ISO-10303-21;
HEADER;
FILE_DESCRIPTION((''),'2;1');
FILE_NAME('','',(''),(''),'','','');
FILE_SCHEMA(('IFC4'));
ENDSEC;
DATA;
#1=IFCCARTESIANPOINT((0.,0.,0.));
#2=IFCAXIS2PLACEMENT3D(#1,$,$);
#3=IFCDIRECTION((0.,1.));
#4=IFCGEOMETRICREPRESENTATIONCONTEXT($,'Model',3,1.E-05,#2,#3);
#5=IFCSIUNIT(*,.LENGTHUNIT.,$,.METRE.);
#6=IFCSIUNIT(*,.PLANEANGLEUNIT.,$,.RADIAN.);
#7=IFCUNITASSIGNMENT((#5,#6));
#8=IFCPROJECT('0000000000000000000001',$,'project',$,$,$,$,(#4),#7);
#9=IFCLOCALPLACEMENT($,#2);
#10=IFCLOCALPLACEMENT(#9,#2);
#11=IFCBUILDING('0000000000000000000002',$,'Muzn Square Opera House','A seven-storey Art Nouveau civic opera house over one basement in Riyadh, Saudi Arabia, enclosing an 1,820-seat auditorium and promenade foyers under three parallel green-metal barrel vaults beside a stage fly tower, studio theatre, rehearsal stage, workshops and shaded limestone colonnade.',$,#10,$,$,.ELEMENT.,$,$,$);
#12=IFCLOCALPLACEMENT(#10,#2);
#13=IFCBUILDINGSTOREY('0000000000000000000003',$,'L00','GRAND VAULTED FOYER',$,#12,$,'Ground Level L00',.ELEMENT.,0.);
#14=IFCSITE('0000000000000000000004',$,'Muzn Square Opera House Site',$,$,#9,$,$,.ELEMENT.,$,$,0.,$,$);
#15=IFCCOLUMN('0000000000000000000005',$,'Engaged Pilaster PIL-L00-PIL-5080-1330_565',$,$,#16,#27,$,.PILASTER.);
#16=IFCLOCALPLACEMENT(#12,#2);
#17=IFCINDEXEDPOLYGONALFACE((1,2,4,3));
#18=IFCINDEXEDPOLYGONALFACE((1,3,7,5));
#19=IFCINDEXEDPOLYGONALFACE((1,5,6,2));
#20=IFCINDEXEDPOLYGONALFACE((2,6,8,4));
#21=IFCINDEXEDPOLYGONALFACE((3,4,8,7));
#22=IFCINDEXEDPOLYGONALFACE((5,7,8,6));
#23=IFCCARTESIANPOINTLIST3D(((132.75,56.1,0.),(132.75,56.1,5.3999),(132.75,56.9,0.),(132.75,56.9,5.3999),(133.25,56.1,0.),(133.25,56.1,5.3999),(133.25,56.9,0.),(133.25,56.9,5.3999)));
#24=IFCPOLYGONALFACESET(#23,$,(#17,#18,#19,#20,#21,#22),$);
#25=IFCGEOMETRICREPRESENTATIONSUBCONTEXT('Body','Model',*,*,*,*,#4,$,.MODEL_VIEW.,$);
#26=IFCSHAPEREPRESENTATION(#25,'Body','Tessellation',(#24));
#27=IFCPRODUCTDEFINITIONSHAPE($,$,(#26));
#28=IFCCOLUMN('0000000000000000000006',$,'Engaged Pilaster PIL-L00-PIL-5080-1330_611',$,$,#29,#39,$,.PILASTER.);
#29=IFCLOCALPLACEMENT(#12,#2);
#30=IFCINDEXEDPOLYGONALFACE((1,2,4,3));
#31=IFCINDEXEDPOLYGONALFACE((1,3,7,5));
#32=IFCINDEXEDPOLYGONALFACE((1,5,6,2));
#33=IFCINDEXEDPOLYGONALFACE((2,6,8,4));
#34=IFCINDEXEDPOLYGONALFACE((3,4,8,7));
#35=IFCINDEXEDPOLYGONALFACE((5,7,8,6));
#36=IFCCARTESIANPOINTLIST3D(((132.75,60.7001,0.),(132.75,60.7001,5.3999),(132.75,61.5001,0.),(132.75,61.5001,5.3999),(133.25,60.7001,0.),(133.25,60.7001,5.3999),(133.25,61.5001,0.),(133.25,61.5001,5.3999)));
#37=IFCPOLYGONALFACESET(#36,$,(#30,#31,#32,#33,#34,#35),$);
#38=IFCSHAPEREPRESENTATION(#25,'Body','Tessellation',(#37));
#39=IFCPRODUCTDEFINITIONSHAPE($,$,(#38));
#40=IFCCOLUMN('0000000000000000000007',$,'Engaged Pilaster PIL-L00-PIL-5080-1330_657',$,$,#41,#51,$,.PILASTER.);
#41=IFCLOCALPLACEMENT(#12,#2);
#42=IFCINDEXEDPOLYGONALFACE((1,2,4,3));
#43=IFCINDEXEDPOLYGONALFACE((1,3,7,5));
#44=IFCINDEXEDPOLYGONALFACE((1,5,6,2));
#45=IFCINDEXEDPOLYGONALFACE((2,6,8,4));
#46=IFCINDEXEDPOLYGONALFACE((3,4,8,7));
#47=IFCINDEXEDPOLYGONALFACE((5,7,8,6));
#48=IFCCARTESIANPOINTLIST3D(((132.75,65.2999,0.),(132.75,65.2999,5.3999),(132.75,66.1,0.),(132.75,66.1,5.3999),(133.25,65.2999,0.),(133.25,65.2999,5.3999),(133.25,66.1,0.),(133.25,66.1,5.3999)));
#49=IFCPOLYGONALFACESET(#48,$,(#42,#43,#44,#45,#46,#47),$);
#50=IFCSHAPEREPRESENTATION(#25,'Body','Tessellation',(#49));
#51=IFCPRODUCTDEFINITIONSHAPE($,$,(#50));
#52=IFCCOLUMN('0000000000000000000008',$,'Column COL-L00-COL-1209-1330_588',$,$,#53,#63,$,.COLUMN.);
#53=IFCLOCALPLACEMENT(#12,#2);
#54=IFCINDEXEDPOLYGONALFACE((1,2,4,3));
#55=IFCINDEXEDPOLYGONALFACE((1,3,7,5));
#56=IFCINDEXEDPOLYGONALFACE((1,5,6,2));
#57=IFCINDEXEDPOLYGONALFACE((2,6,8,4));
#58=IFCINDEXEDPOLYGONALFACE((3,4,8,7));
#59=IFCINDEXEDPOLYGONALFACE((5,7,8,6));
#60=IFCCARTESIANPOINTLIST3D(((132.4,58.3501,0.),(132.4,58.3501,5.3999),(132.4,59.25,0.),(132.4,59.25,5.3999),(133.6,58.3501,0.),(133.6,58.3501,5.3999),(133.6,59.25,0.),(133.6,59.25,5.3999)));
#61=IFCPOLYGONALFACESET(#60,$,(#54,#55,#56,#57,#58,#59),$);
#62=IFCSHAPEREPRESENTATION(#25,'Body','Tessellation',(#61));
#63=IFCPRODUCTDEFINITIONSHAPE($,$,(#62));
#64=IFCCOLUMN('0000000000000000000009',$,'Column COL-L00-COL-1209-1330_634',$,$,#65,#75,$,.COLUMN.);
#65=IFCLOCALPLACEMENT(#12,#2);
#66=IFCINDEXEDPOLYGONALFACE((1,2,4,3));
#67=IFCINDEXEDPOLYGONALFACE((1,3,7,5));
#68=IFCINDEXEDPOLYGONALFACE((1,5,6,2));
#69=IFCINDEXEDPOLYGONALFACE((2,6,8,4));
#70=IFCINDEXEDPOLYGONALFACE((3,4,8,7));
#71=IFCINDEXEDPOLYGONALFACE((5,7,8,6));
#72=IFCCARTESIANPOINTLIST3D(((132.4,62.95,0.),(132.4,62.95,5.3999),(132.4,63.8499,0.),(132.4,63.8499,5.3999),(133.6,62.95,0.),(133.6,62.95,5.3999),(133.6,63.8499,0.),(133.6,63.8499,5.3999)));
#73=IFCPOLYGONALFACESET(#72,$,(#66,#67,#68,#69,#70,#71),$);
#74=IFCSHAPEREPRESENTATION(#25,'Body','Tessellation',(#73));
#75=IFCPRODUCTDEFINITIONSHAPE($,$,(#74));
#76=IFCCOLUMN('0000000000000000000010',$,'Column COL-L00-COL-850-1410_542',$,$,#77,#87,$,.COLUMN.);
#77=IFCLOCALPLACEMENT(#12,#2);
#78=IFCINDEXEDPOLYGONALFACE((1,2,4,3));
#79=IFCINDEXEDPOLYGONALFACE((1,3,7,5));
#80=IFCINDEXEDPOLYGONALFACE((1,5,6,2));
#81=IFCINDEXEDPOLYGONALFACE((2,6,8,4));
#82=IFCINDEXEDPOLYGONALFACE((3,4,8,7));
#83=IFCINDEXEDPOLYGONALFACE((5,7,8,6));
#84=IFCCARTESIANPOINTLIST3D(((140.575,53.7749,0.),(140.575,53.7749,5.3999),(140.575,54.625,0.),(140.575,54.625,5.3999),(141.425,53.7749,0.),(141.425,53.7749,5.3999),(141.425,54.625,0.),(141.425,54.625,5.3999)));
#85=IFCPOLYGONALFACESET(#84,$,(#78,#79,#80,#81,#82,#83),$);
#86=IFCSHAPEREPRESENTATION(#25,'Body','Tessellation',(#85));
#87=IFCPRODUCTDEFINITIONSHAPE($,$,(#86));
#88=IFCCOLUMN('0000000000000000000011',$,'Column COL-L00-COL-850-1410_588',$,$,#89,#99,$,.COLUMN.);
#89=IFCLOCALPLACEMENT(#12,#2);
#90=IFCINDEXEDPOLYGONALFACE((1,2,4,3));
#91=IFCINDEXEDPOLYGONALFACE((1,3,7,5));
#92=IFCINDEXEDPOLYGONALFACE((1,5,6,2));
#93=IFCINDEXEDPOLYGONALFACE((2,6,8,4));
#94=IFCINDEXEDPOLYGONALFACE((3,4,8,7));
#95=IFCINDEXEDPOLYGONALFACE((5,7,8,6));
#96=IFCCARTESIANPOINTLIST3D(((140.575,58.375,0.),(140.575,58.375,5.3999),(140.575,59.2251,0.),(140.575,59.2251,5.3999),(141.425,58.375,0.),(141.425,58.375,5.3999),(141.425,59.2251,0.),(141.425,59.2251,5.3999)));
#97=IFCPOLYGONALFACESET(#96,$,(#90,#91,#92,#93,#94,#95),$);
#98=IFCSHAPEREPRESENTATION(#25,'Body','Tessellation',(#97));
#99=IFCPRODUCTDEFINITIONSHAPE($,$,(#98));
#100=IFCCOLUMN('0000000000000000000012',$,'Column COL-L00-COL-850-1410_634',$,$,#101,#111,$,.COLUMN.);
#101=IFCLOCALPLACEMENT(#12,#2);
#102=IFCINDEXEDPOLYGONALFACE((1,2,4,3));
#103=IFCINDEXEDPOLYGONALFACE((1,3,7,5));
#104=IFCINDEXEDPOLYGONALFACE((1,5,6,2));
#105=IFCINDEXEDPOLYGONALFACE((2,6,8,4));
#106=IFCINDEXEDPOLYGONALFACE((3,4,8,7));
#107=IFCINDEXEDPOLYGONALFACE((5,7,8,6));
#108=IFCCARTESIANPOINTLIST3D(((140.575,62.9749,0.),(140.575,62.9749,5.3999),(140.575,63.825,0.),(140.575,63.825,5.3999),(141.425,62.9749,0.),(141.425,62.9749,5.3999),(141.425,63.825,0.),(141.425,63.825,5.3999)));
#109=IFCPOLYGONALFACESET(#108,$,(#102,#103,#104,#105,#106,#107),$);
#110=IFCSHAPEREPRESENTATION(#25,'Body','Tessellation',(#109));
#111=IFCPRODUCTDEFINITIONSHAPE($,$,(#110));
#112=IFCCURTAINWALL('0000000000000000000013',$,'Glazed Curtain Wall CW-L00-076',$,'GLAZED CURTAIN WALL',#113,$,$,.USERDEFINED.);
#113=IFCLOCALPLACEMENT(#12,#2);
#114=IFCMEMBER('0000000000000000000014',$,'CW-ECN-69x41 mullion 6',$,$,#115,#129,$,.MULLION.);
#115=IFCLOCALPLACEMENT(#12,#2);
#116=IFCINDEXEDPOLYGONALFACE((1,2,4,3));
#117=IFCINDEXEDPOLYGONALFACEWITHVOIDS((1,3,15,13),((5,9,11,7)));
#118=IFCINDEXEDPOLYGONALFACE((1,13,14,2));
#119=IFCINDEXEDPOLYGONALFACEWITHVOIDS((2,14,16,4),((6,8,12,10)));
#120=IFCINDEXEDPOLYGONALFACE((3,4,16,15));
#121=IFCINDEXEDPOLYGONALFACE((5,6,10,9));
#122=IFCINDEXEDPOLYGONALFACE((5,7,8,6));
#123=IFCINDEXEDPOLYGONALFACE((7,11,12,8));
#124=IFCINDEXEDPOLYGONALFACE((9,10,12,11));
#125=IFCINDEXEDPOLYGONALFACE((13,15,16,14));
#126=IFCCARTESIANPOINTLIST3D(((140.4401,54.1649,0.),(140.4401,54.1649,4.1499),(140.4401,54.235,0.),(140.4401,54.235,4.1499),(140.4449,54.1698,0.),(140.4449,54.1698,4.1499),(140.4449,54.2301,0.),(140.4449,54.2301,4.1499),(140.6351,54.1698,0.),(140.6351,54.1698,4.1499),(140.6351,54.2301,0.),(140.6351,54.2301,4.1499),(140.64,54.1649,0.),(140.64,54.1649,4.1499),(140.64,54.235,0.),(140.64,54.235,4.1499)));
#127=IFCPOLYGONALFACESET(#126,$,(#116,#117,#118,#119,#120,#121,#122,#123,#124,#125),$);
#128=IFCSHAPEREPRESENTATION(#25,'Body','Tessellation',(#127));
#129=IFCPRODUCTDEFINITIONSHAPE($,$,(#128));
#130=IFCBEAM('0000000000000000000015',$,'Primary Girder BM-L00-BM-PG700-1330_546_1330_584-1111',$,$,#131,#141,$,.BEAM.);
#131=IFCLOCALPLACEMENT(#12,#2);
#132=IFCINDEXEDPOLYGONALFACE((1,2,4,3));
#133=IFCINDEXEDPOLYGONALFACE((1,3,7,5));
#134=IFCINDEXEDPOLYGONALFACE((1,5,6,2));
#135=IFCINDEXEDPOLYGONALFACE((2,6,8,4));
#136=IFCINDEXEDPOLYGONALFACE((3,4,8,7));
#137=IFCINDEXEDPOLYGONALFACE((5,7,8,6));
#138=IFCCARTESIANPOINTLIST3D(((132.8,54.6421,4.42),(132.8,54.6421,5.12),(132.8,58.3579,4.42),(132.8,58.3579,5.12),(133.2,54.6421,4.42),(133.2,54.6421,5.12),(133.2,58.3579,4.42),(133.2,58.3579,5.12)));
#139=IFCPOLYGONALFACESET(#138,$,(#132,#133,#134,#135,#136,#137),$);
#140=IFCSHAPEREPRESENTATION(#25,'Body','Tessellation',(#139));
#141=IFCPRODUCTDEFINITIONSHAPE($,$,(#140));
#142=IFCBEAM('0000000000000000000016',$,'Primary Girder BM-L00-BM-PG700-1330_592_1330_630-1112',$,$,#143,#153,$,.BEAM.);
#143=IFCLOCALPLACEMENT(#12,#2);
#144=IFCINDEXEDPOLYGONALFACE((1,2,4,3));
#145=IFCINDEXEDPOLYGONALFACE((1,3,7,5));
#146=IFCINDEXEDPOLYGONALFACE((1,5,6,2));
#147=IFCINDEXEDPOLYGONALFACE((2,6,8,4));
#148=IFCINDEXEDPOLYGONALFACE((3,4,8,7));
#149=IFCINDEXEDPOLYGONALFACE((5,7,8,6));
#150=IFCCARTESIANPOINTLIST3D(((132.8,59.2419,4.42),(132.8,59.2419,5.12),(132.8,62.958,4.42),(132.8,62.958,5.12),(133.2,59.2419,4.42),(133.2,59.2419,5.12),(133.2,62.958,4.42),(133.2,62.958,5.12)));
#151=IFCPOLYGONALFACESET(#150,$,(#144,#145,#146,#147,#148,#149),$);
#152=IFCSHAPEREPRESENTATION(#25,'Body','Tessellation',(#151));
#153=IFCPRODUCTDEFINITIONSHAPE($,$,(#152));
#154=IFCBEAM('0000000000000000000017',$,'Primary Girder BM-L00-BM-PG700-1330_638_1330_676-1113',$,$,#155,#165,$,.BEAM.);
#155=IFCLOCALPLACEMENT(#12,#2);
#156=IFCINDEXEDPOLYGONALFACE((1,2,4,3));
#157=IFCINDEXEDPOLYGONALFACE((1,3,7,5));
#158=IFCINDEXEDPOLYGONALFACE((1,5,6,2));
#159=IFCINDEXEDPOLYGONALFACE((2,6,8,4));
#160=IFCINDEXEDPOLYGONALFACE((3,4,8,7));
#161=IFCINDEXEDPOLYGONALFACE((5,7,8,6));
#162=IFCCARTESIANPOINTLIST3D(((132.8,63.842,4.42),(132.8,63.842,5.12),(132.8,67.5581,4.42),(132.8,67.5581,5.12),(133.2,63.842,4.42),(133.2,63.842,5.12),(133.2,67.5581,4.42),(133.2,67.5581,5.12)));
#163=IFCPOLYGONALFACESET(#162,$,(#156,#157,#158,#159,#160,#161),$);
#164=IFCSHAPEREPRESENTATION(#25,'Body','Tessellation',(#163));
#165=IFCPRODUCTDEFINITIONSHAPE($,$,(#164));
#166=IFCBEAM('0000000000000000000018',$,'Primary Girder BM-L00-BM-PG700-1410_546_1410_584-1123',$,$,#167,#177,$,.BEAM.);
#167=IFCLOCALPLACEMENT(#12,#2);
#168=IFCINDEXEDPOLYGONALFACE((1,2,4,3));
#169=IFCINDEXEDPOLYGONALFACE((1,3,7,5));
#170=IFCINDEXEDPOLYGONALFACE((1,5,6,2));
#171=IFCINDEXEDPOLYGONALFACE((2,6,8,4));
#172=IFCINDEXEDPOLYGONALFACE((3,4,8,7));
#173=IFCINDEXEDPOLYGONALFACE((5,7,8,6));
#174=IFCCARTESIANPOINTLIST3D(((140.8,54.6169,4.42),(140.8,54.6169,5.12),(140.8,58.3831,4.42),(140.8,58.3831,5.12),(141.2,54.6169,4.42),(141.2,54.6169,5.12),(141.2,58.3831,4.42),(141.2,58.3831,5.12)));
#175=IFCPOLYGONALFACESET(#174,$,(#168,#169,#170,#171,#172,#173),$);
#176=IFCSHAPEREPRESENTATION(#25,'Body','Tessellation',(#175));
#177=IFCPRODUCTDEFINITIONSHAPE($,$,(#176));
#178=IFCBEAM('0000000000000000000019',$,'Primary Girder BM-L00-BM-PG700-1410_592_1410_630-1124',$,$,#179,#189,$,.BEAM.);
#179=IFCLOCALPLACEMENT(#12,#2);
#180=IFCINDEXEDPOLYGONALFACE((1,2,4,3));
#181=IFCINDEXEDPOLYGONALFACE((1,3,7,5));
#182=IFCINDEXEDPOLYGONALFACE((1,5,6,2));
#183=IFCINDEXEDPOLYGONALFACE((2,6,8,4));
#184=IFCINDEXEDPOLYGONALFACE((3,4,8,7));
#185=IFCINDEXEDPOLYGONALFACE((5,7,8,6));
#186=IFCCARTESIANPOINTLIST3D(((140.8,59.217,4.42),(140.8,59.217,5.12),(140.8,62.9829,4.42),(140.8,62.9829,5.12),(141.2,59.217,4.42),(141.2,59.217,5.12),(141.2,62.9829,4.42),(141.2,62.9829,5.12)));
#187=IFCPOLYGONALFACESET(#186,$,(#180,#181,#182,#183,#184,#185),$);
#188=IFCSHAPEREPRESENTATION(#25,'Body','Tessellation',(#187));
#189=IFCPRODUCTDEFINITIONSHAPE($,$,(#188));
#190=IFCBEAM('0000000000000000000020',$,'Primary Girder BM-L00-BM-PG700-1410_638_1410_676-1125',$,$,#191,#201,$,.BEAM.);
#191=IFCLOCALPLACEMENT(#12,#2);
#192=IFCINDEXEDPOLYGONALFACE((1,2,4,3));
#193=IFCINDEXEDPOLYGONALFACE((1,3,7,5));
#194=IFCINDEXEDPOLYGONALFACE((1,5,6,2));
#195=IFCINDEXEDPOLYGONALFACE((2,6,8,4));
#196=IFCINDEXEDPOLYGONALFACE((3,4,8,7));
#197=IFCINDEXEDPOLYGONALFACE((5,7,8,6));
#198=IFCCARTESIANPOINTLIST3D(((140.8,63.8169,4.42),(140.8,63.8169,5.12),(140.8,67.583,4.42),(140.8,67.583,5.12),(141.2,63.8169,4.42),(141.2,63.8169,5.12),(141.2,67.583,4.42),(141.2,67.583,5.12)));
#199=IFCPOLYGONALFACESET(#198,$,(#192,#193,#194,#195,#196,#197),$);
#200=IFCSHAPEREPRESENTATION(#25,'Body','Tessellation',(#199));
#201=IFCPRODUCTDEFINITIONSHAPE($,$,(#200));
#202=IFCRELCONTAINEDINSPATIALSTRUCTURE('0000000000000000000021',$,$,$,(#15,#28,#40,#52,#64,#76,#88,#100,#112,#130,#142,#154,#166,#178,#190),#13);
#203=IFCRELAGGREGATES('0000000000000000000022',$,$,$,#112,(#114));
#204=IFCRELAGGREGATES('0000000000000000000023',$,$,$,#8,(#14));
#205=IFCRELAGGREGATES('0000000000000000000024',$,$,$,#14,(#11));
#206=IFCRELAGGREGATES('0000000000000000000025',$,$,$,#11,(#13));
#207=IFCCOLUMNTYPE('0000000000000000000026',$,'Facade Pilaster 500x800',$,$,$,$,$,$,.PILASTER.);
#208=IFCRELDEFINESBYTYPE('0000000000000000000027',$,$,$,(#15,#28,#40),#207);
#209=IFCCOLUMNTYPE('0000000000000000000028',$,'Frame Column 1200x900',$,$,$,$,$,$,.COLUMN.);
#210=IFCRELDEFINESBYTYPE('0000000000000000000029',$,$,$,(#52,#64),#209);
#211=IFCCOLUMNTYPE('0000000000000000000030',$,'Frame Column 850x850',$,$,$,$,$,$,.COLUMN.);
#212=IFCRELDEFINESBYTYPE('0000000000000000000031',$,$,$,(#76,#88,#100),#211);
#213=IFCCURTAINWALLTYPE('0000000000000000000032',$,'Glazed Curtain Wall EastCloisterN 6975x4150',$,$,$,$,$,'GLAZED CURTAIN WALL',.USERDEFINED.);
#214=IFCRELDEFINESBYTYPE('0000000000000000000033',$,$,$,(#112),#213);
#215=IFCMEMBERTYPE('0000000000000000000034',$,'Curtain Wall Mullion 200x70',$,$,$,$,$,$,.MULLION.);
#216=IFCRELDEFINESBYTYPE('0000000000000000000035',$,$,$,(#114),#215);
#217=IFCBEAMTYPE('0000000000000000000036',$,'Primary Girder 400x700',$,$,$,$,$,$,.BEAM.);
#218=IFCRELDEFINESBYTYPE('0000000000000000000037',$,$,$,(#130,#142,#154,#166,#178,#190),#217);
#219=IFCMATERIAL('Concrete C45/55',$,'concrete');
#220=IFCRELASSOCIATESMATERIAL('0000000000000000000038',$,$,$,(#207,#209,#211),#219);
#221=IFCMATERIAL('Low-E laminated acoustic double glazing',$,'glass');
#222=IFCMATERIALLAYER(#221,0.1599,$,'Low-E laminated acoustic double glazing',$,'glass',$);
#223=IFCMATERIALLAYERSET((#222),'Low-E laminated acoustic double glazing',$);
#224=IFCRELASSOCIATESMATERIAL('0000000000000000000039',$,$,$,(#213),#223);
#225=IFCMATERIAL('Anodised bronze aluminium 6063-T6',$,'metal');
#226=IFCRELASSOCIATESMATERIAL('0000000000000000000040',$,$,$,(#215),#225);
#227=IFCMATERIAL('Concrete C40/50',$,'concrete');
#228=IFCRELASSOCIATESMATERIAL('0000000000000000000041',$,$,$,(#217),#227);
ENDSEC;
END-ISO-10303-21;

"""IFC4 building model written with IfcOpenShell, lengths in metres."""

from ifc_helpers import new_model, si_unit, direction, frame, origin, origin_2d, place, context, subcontext, project, spatial, rectangle, hollow_rectangle, extrude, material, layer, layer_set, material_profile, profile_set, type_object, element, aggregate, save


model = new_model("IFC4")

# Units and contexts
model_context = context("Model", 3, precision=1e-05, world=origin(), true_north=direction((0.0, 1.0)))
body_context = subcontext(model_context, "Body", "Model", "MODEL_VIEW")
ifc_project = project(units=[si_unit("LENGTHUNIT", "METRE"), si_unit("PLANEANGLEUNIT", "RADIAN")], contexts=[model_context])

# Site, building, storey
site_placement = place(None, origin())
site = spatial("IfcSite", under=ifc_project, at=site_placement, Name="Muzn Square Opera House Site", CompositionType="ELEMENT", RefElevation=0.0)
building_placement = place(site_placement, origin())
building = spatial("IfcBuilding", under=site, at=building_placement, Name="Muzn Square Opera House", Description="A seven-storey Art Nouveau civic opera house over one basement in Riyadh, Saudi Arabia, enclosing an 1,820-seat auditorium and promenade foyers under three parallel green-metal barrel vaults beside a stage fly tower, studio theatre, rehearsal stage, workshops and shaded limestone colonnade.", CompositionType="ELEMENT")
storey_placement = place(building_placement, origin())
storey = spatial("IfcBuildingStorey", under=building, at=storey_placement, Name="L00", Description="GRAND VAULTED FOYER", LongName="Ground Level L00", CompositionType="ELEMENT", Elevation=0.0)

# Columns
ifc_material_1 = material(Name="Concrete C45/55", Category="concrete")
ifc_material_profile_1 = material_profile(ifc_material_1, rectangle(XDim=0.5, YDim=0.8, at=origin_2d()), Name="RC 500x800", Category="concrete")
ifc_profile_set_1 = profile_set([ifc_material_profile_1], Name="Concrete C45/55")
column_type_1 = type_object("IfcColumnType", Name="Facade Pilaster 500x800", PredefinedType="PILASTER", material=ifc_profile_set_1)
for number, where, z_axis, x_axis, name in (
    (1, (133.0, 56.5, 0.0), (0.0, 0.0, 1.0), (1.0, 0.0, 0.0), "Engaged Pilaster PIL-L00-PIL-5080-1330_565"),
    (2, (133.0, 61.1001, 0.0), (0.0, 0.0, 1.0), (1.0, 0.0, 0.0), "Engaged Pilaster PIL-L00-PIL-5080-1330_611"),
    (3, (133.0, 65.7, 0.0), (0.0, 0.0, 1.0), (1.0, 0.0, 0.0), "Engaged Pilaster PIL-L00-PIL-5080-1330_657"),
):
    element("IfcColumn", number, at=place(storey_placement, frame(where, z_axis=z_axis, x_axis=x_axis)), inside=storey, type_object=column_type_1, Name=name, PredefinedType="PILASTER", context=body_context, shape_type="SweptSolid", body=[
        extrude(rectangle(XDim=0.5, YDim=0.8, at=origin_2d()), origin(), (0.0, 0.0, 1.0), 5.3999),
    ])
ifc_material_profile_2 = material_profile(ifc_material_1, rectangle(XDim=1.2, YDim=0.8999, at=origin_2d()), Name="RC 1200x900", Category="concrete")
ifc_profile_set_2 = profile_set([ifc_material_profile_2], Name="Concrete C45/55")
column_type_2 = type_object("IfcColumnType", Name="Frame Column 1200x900", PredefinedType="COLUMN", material=ifc_profile_set_2)
for number, where, z_axis, x_axis, name in (
    (4, (133.0, 58.8, 0.0), (0.0, 0.0, 1.0), (1.0, 0.0, 0.0), "Column COL-L00-COL-1209-1330_588"),
    (5, (133.0, 63.3999, 0.0), (0.0, 0.0, 1.0), (1.0, 0.0, 0.0), "Column COL-L00-COL-1209-1330_634"),
):
    element("IfcColumn", number, at=place(storey_placement, frame(where, z_axis=z_axis, x_axis=x_axis)), inside=storey, type_object=column_type_2, Name=name, PredefinedType="COLUMN", context=body_context, shape_type="SweptSolid", body=[
        extrude(rectangle(XDim=1.2, YDim=0.8999, at=origin_2d()), origin(), (0.0, 0.0, 1.0), 5.3999),
    ])
ifc_material_profile_3 = material_profile(ifc_material_1, rectangle(XDim=0.8501, YDim=0.8501, at=origin_2d()), Name="RC 850x850", Category="concrete")
ifc_profile_set_3 = profile_set([ifc_material_profile_3], Name="Concrete C45/55")
column_type_3 = type_object("IfcColumnType", Name="Frame Column 850x850", PredefinedType="COLUMN", material=ifc_profile_set_3)
for number, where, z_axis, x_axis, name in (
    (6, (141.0, 54.2, 0.0), (0.0, 0.0, 1.0), (1.0, 0.0, 0.0), "Column COL-L00-COL-850-1410_542"),
    (7, (141.0, 58.8, 0.0), (0.0, 0.0, 1.0), (1.0, 0.0, 0.0), "Column COL-L00-COL-850-1410_588"),
    (8, (141.0, 63.3999, 0.0), (0.0, 0.0, 1.0), (1.0, 0.0, 0.0), "Column COL-L00-COL-850-1410_634"),
):
    element("IfcColumn", number, at=place(storey_placement, frame(where, z_axis=z_axis, x_axis=x_axis)), inside=storey, type_object=column_type_3, Name=name, PredefinedType="COLUMN", context=body_context, shape_type="SweptSolid", body=[
        extrude(rectangle(XDim=0.8501, YDim=0.8501, at=origin_2d()), origin(), (0.0, 0.0, 1.0), 5.3999),
    ])

# Curtain wall, member
ifc_material_2 = material(Name="Low-E laminated acoustic double glazing", Category="glass")
ifc_layer_1 = layer(ifc_material_2, 0.1599, Name="Low-E laminated acoustic double glazing", Category="glass")
ifc_layer_set_1 = layer_set([ifc_layer_1], Name="Low-E laminated acoustic double glazing")
curtain_wall_type = type_object("IfcCurtainWallType", Name="Glazed Curtain Wall EastCloisterN 6975x4150", ElementType="GLAZED CURTAIN WALL", PredefinedType="USERDEFINED", material=ifc_layer_set_1)
curtain_wall_placement = place(storey_placement, origin())
curtain_wall = element("IfcCurtainWall", 9, at=curtain_wall_placement, inside=storey, type_object=curtain_wall_type, Name="Glazed Curtain Wall CW-L00-076", ObjectType="GLAZED CURTAIN WALL", PredefinedType="USERDEFINED")
ifc_material_3 = material(Name="Anodised bronze aluminium 6063-T6", Category="metal")
ifc_material_profile_4 = material_profile(ifc_material_3, hollow_rectangle(XDim=0.0701, YDim=0.2, WallThickness=0.0049, at=origin_2d()), Name="ALU 200x70x5", Category="metal")
ifc_profile_set_4 = profile_set([ifc_material_profile_4], Name="Anodised bronze aluminium 6063-T6")
member_type = type_object("IfcMemberType", Name="Curtain Wall Mullion 200x70", PredefinedType="MULLION", material=ifc_profile_set_4)
member_placement = place(storey_placement, frame((140.54, 54.2, 0.0), z_axis=(0.0, 0.0, 1.0), x_axis=(0.0, 1.0, 0.0)))
member = element("IfcMember", 10, at=member_placement, type_object=member_type, Name="CW-ECN-69x41 mullion 6", PredefinedType="MULLION", context=body_context, shape_type="SweptSolid", body=[
    extrude(hollow_rectangle(XDim=0.0701, YDim=0.2, WallThickness=0.0049, at=origin_2d()), origin(), (0.0, 0.0, 1.0), 4.1499),
])

# Beams
ifc_material_4 = material(Name="Concrete C40/50", Category="concrete")
ifc_material_profile_5 = material_profile(ifc_material_4, rectangle(XDim=0.3999, YDim=0.7, at=origin_2d()), Name="RCB 400x700", Category="concrete")
ifc_profile_set_5 = profile_set([ifc_material_profile_5], Name="Concrete C40/50")
beam_type_1 = type_object("IfcBeamType", Name="Primary Girder 400x700", PredefinedType="BEAM", material=ifc_profile_set_5)
beam_1_placement = place(storey_placement, frame((133.0, 54.6421, 4.77), z_axis=(0.0, 1.0, 0.0), x_axis=(-1.0, 0.0, 0.0)))
element("IfcBeam", 11, at=beam_1_placement, inside=storey, type_object=beam_type_1, Name="Primary Girder BM-L00-BM-PG700-1330_546_1330_584-1111", PredefinedType="BEAM", context=body_context, shape_type="SweptSolid", body=[
    extrude(rectangle(XDim=0.3999, YDim=0.7, at=origin_2d()), origin(), (0.0, 0.0, 1.0), 3.7158),
])
for number, where, z_axis, x_axis, name in (
    (12, (133.0, 59.2419, 4.77), (0.0, 1.0, 0.0), (-1.0, 0.0, 0.0), "Primary Girder BM-L00-BM-PG700-1330_592_1330_630-1112"),
    (13, (133.0, 63.842, 4.77), (0.0, 1.0, 0.0), (-1.0, 0.0, 0.0), "Primary Girder BM-L00-BM-PG700-1330_638_1330_676-1113"),
):
    element("IfcBeam", number, at=place(storey_placement, frame(where, z_axis=z_axis, x_axis=x_axis)), inside=storey, type_object=beam_type_1, Name=name, PredefinedType="BEAM", context=body_context, shape_type="SweptSolid", body=[
        extrude(rectangle(XDim=0.3999, YDim=0.7, at=origin_2d()), origin(), (0.0, 0.0, 1.0), 3.7161),
    ])
beam_2_placement = place(storey_placement, frame((141.0, 54.6169, 4.77), z_axis=(0.0, 1.0, 0.0), x_axis=(-1.0, 0.0, 0.0)))
element("IfcBeam", 14, at=beam_2_placement, inside=storey, type_object=beam_type_1, Name="Primary Girder BM-L00-BM-PG700-1410_546_1410_584-1123", PredefinedType="BEAM", context=body_context, shape_type="SweptSolid", body=[
    extrude(rectangle(XDim=0.3999, YDim=0.7, at=origin_2d()), origin(), (0.0, 0.0, 1.0), 3.7661),
])
beam_3_placement = place(storey_placement, frame((141.0, 59.217, 4.77), z_axis=(0.0, 1.0, 0.0), x_axis=(-1.0, 0.0, 0.0)))
element("IfcBeam", 15, at=beam_3_placement, inside=storey, type_object=beam_type_1, Name="Primary Girder BM-L00-BM-PG700-1410_592_1410_630-1124", PredefinedType="BEAM", context=body_context, shape_type="SweptSolid", body=[
    extrude(rectangle(XDim=0.3999, YDim=0.7, at=origin_2d()), origin(), (0.0, 0.0, 1.0), 3.7659),
])
beam_4_placement = place(storey_placement, frame((141.0, 63.8169, 4.77), z_axis=(0.0, 1.0, 0.0), x_axis=(-1.0, 0.0, 0.0)))
element("IfcBeam", 16, at=beam_4_placement, inside=storey, type_object=beam_type_1, Name="Primary Girder BM-L00-BM-PG700-1410_638_1410_676-1125", PredefinedType="BEAM", context=body_context, shape_type="SweptSolid", body=[
    extrude(rectangle(XDim=0.3999, YDim=0.7, at=origin_2d()), origin(), (0.0, 0.0, 1.0), 3.7661),
])

aggregate(curtain_wall, [member])

save(model, "model.ifc")
